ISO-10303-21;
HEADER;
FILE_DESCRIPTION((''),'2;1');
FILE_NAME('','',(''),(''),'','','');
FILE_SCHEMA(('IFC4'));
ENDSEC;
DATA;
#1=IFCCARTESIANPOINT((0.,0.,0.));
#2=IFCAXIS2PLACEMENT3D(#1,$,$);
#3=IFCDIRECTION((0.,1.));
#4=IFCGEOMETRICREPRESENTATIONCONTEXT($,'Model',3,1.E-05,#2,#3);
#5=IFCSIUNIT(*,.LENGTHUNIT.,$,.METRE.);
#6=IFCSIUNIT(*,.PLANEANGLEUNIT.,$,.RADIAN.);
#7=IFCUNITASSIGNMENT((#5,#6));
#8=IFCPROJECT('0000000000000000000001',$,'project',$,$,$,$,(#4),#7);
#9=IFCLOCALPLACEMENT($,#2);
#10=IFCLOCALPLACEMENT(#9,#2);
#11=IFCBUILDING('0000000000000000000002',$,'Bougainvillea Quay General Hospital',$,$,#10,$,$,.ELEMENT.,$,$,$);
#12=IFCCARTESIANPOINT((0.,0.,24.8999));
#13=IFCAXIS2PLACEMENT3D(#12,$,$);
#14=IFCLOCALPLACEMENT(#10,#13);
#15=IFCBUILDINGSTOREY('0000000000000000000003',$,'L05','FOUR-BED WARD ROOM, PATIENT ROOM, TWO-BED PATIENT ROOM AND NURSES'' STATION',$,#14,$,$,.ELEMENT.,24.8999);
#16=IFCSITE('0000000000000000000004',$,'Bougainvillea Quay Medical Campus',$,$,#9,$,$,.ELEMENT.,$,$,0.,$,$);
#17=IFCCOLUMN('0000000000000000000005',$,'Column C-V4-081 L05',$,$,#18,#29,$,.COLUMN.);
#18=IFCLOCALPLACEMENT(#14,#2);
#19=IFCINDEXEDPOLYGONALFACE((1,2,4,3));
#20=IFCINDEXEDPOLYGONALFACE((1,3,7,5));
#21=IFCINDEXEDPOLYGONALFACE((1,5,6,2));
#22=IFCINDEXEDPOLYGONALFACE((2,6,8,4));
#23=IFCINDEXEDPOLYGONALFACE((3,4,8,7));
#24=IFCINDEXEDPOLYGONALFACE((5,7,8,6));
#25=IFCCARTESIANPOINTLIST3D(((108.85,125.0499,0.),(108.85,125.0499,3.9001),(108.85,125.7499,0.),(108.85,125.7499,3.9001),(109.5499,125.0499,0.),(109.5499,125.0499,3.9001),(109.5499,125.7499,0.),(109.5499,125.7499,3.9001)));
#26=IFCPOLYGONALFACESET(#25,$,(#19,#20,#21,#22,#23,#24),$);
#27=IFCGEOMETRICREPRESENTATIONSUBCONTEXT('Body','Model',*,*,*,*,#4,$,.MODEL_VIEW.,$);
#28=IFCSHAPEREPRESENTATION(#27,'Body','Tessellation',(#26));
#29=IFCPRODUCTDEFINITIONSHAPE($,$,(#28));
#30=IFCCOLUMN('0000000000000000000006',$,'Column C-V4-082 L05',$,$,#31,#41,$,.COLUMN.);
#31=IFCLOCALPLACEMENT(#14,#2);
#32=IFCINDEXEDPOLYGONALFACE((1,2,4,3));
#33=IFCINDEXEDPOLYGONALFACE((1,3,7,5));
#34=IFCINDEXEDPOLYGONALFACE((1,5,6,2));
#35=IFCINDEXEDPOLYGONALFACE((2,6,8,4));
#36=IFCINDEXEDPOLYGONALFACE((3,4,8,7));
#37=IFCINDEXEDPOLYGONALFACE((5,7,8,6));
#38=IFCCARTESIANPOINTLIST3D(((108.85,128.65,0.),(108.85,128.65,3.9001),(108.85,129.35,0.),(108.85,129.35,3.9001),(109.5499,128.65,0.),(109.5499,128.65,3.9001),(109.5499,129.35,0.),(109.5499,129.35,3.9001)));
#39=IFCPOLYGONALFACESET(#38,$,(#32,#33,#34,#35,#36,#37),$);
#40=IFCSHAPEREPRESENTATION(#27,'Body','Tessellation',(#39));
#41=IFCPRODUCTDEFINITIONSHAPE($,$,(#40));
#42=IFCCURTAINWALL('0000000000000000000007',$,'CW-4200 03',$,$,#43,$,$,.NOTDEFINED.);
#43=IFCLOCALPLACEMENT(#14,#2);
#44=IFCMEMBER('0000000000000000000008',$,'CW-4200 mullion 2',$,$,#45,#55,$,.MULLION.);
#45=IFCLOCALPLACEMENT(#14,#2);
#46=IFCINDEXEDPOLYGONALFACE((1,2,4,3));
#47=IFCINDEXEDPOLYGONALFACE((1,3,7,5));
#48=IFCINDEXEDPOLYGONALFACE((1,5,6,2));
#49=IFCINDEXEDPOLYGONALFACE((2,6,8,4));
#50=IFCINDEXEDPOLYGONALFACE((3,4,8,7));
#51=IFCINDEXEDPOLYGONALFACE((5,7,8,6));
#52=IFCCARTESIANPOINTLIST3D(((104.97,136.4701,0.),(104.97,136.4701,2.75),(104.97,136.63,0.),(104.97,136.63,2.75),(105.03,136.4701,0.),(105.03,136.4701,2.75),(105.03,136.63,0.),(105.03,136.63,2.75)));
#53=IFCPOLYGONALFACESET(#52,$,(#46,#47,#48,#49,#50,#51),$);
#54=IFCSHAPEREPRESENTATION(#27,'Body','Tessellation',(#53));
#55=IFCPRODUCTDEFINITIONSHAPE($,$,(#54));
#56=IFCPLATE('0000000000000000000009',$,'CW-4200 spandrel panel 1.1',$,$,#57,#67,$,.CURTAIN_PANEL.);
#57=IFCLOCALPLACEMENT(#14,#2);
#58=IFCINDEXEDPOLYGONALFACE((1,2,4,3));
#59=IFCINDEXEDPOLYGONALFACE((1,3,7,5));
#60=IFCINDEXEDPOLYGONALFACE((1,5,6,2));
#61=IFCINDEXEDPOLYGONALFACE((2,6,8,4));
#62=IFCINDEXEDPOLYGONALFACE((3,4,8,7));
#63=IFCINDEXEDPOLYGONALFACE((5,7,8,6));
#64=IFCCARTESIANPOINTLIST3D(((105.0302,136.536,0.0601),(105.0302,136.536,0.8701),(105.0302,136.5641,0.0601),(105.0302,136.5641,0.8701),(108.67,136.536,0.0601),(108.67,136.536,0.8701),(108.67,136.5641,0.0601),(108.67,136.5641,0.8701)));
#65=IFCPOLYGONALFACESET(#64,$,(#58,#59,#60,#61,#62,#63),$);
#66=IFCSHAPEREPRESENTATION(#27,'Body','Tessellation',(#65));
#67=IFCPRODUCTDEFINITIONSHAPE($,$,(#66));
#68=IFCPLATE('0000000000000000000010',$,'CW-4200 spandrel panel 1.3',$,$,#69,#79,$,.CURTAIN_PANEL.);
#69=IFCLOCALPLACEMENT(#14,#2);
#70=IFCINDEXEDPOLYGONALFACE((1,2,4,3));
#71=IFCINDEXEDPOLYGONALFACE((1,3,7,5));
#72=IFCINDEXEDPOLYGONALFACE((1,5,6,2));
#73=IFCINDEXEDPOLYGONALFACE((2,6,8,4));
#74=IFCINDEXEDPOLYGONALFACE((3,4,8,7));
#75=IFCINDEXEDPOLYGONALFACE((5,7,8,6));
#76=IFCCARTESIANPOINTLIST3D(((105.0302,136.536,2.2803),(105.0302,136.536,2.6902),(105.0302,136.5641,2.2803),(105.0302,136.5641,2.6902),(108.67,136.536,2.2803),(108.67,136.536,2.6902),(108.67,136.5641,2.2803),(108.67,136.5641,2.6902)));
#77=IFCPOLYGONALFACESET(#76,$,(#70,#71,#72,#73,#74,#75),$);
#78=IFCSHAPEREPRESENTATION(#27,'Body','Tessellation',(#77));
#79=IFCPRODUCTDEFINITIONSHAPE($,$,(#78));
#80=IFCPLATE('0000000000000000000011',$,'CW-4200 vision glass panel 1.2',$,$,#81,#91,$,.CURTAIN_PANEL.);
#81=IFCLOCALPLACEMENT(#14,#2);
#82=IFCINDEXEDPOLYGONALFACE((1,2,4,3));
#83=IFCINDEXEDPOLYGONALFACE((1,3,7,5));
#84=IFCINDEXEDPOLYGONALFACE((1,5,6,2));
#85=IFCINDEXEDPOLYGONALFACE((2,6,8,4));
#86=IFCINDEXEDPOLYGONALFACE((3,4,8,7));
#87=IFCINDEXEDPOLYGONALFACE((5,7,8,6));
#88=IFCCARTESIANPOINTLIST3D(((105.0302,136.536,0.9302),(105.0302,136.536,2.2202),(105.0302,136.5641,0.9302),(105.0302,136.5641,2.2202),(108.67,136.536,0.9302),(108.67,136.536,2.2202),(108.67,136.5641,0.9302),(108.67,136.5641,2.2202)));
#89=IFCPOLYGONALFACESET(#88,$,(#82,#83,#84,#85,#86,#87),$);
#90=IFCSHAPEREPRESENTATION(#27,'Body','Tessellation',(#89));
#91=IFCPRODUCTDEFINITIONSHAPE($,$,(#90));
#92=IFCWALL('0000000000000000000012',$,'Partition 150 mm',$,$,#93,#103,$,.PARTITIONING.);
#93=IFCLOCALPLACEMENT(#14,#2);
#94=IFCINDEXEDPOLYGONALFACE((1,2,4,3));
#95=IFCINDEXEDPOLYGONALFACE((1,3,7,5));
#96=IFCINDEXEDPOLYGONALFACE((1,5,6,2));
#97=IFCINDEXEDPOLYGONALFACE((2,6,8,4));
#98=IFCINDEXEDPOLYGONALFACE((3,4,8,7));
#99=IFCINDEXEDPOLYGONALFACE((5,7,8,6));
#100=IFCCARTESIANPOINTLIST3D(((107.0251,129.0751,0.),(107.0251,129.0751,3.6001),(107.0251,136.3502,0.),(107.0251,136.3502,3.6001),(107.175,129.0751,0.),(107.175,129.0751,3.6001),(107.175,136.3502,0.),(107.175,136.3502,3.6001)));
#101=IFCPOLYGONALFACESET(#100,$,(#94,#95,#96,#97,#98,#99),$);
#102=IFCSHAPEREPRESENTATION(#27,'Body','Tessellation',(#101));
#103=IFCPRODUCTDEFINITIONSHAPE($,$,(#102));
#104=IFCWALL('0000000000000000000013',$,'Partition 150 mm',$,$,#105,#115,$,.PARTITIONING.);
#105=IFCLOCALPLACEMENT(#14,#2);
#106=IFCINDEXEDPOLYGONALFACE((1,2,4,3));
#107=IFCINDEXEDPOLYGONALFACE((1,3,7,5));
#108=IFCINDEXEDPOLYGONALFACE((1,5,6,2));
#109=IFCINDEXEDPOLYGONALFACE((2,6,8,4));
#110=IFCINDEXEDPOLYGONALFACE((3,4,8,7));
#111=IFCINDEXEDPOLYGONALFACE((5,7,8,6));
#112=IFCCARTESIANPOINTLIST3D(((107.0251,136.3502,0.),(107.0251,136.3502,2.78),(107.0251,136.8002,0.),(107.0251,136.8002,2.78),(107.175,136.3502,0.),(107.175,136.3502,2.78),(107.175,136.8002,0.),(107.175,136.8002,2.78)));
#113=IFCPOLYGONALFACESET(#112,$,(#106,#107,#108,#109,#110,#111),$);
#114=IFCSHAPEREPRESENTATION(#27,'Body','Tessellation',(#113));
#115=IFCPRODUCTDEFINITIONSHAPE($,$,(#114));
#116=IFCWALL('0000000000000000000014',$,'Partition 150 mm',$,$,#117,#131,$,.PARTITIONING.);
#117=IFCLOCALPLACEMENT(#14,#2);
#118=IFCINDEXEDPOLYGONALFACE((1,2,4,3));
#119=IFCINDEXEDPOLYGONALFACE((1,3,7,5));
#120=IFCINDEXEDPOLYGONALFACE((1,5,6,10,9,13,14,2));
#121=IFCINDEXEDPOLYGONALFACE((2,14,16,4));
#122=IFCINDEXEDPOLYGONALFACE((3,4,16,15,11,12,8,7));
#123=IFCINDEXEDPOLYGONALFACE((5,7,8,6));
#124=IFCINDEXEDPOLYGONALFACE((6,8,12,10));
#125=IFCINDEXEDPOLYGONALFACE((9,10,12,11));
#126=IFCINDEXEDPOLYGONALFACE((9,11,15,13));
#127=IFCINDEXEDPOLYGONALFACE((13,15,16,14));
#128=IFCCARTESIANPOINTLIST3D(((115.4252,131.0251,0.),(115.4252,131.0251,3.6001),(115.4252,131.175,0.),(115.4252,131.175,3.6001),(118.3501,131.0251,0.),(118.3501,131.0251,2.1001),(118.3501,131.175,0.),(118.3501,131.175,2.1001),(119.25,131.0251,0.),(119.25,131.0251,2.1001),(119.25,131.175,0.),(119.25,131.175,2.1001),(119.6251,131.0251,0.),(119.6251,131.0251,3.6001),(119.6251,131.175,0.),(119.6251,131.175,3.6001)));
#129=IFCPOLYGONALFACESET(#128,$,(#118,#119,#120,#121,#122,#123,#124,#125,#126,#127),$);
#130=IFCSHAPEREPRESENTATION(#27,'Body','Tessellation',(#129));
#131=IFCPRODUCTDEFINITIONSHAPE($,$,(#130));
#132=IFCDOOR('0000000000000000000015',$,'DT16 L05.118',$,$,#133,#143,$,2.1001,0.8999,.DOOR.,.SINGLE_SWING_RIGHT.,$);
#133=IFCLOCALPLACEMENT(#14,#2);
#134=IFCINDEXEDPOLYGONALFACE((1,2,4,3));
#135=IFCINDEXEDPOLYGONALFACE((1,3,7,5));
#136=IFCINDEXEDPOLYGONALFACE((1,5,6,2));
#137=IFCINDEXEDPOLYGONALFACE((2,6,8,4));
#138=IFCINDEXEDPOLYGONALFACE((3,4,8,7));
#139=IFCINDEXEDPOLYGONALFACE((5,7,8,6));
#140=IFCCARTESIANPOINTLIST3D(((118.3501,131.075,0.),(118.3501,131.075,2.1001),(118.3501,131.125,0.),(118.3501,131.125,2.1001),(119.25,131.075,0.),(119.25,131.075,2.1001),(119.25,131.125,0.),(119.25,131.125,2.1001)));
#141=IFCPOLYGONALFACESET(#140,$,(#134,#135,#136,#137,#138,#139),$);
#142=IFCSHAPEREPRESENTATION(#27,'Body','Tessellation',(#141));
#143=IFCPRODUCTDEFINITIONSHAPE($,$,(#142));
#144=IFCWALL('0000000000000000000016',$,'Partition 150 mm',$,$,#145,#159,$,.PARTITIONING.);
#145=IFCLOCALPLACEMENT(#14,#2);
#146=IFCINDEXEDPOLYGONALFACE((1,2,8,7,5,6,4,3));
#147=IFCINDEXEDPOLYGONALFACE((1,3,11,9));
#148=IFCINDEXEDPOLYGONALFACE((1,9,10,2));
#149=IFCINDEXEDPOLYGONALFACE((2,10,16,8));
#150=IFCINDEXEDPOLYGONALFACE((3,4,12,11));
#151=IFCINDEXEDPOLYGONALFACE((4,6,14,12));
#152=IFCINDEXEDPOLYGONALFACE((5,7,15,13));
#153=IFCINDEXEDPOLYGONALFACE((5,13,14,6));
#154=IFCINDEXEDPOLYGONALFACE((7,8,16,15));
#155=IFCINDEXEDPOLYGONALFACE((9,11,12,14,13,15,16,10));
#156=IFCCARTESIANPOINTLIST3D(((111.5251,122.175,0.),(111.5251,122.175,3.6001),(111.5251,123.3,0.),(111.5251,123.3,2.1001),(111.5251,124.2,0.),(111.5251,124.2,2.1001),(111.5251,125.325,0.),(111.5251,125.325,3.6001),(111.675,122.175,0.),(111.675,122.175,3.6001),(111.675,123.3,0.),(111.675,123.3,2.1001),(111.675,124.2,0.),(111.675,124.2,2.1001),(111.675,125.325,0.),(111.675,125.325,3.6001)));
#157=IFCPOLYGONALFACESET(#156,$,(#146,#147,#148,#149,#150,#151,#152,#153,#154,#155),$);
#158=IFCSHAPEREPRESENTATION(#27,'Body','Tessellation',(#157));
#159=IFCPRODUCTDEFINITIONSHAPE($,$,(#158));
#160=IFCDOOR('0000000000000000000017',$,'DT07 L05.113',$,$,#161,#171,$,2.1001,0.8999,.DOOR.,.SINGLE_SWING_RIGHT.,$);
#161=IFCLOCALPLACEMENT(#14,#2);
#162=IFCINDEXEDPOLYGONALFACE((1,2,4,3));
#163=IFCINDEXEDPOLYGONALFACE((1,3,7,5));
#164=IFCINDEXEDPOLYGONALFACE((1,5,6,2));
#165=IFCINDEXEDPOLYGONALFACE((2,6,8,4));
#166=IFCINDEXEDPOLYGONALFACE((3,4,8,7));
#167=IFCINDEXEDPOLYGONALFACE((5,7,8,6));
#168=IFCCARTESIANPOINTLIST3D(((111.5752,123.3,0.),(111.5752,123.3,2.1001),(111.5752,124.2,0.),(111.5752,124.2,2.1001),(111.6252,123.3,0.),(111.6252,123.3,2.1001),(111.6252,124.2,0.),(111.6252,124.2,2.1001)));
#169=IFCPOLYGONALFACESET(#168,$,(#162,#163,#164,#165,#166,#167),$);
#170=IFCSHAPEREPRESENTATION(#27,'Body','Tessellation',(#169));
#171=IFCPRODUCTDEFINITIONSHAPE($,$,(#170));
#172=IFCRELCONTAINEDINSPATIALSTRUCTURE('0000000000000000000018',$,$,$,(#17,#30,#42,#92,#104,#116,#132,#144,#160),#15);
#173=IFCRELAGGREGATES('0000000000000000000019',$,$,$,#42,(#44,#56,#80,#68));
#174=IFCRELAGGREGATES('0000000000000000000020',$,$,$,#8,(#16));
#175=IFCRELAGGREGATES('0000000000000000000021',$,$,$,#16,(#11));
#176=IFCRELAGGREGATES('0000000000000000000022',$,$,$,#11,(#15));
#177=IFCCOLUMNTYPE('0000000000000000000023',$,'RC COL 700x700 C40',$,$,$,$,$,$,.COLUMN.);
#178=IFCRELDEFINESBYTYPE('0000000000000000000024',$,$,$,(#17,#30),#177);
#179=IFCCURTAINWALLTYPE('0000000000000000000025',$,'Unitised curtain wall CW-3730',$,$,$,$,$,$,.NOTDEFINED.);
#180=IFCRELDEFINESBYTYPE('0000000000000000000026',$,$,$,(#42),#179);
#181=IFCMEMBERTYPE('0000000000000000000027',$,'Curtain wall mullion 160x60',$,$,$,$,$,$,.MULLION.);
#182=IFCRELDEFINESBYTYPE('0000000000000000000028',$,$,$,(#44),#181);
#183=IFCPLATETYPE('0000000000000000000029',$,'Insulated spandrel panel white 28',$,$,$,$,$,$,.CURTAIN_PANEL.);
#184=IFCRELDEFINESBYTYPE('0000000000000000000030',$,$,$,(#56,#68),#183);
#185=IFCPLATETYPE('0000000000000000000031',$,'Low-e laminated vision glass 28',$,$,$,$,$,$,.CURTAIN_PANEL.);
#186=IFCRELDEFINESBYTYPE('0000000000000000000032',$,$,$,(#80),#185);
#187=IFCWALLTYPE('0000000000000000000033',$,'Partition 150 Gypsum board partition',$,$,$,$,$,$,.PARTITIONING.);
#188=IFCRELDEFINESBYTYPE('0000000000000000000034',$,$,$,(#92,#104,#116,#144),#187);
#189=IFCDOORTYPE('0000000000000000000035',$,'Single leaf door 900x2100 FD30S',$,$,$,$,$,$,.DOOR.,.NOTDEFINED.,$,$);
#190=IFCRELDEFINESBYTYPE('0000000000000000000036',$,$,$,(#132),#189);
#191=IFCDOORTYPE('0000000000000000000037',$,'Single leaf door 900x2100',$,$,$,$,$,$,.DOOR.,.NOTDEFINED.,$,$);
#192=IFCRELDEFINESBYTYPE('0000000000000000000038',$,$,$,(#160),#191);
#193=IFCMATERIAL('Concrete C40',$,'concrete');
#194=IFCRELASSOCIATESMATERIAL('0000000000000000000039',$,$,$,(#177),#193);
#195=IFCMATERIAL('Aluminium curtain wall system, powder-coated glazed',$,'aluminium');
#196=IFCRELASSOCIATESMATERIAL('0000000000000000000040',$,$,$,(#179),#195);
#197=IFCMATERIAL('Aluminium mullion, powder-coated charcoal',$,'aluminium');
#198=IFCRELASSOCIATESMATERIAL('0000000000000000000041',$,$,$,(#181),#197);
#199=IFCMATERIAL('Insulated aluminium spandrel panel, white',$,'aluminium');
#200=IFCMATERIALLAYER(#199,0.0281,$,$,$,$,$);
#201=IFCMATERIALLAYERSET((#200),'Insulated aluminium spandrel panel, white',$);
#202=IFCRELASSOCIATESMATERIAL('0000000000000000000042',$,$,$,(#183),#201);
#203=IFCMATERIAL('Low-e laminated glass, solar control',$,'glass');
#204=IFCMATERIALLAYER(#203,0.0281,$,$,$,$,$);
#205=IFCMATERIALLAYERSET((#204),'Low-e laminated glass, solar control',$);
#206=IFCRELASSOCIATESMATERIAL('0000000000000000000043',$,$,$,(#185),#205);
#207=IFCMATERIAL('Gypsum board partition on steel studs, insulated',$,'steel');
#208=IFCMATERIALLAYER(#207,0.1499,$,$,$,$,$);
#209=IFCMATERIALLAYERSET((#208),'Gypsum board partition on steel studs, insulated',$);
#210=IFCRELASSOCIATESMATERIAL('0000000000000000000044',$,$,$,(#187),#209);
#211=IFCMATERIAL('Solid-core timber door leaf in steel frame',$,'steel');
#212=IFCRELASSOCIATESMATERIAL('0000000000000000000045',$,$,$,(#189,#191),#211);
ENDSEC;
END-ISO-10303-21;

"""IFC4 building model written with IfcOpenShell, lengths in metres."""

from ifc_helpers import new_model, si_unit, direction, frame, frame_2d, origin, origin_2d, place, context, subcontext, project, spatial, rectangle, extrude, material, layer, layer_set, material_profile, profile_set, type_object, element, fill, aggregate, save


model = new_model("IFC4")

# Units and contexts
model_context = context("Model", 3, precision=1e-05, world=origin(), true_north=direction((0.0, 1.0)))
body_context = subcontext(model_context, "Body", "Model", "MODEL_VIEW")
ifc_project = project(units=[si_unit("LENGTHUNIT", "METRE"), si_unit("PLANEANGLEUNIT", "RADIAN")], contexts=[model_context])

# Site, building, storey
site_placement = place(None, origin())
site = spatial("IfcSite", under=ifc_project, at=site_placement, Name="Bougainvillea Quay Medical Campus", CompositionType="ELEMENT", RefElevation=0.0)
building_placement = place(site_placement, origin())
building = spatial("IfcBuilding", under=site, at=building_placement, Name="Bougainvillea Quay General Hospital", CompositionType="ELEMENT")
storey_placement = place(building_placement, frame((0.0, 0.0, 24.8999)))
storey = spatial("IfcBuildingStorey", under=building, at=storey_placement, Name="L05", Description="FOUR-BED WARD ROOM, PATIENT ROOM, TWO-BED PATIENT ROOM AND NURSES' STATION", CompositionType="ELEMENT", Elevation=24.8999)

# Columns
ifc_material_1 = material(Name="Concrete C40", Category="concrete")
ifc_material_profile_1 = material_profile(ifc_material_1, rectangle(XDim=0.7, YDim=0.7, at=origin_2d()))
ifc_profile_set_1 = profile_set([ifc_material_profile_1], Name="Concrete C40")
column_type = type_object("IfcColumnType", Name="RC COL 700x700 C40", PredefinedType="COLUMN", material=ifc_profile_set_1)
for number, where, z_axis, x_axis, name in (
    (1, (109.2, 125.3999, 0.0), (0.0, 0.0, 1.0), (1.0, 0.0, 0.0), "Column C-V4-081 L05"),
    (2, (109.2, 129.0, 0.0), (0.0, 0.0, 1.0), (1.0, 0.0, 0.0), "Column C-V4-082 L05"),
):
    element("IfcColumn", number, at=place(storey_placement, frame(where, z_axis=z_axis, x_axis=x_axis)), inside=storey, type_object=column_type, Name=name, PredefinedType="COLUMN", context=body_context, shape_type="SweptSolid", body=[
        extrude(rectangle(XDim=0.7, YDim=0.7, at=origin_2d()), origin(), (0.0, 0.0, 1.0), 3.9001),
    ])

# Curtain wall, member, plates
ifc_material_2 = material(Name="Aluminium curtain wall system, powder-coated glazed", Category="aluminium")
curtain_wall_type = type_object("IfcCurtainWallType", Name="Unitised curtain wall CW-3730", PredefinedType="NOTDEFINED", material=ifc_material_2)
curtain_wall_placement = place(storey_placement, origin())
curtain_wall = element("IfcCurtainWall", 3, at=curtain_wall_placement, inside=storey, type_object=curtain_wall_type, Name="CW-4200 03", PredefinedType="NOTDEFINED")
ifc_material_3 = material(Name="Aluminium mullion, powder-coated charcoal", Category="aluminium")
ifc_material_profile_2 = material_profile(ifc_material_3, rectangle(XDim=0.1599, YDim=0.0601, at=origin_2d()))
ifc_profile_set_2 = profile_set([ifc_material_profile_2], Name="Aluminium mullion, powder-coated charcoal")
member_type = type_object("IfcMemberType", Name="Curtain wall mullion 160x60", PredefinedType="MULLION", material=ifc_profile_set_2)
member_placement = place(storey_placement, frame((105.0, 136.55, 0.0), z_axis=(0.0, 0.0, 1.0), x_axis=(0.0, -1.0, 0.0)))
member = element("IfcMember", 4, at=member_placement, type_object=member_type, Name="CW-4200 mullion 2", PredefinedType="MULLION", context=body_context, shape_type="SweptSolid", body=[
    extrude(rectangle(XDim=0.1599, YDim=0.0601, at=origin_2d()), origin(), (0.0, 0.0, 1.0), 2.75),
])
ifc_material_4 = material(Name="Insulated aluminium spandrel panel, white", Category="aluminium")
ifc_layer_1 = layer(ifc_material_4, 0.0281)
ifc_layer_set_1 = layer_set([ifc_layer_1], Name="Insulated aluminium spandrel panel, white")
plate_type_1 = type_object("IfcPlateType", Name="Insulated spandrel panel white 28", PredefinedType="CURTAIN_PANEL", material=ifc_layer_set_1)
plate_1_placement = place(storey_placement, frame((106.8501, 136.55, 0.0601), z_axis=(0.0, 0.0, 1.0), x_axis=(-1.0, 0.0, 0.0)))
plate_1 = element("IfcPlate", 5, at=plate_1_placement, type_object=plate_type_1, Name="CW-4200 spandrel panel 1.1", PredefinedType="CURTAIN_PANEL", context=body_context, shape_type="SweptSolid", body=[
    extrude(rectangle(XDim=3.6399, YDim=0.0281, at=origin_2d()), origin(), (0.0, 0.0, 1.0), 0.8101),
])
plate_2_placement = place(storey_placement, frame((106.8501, 136.55, 2.2803), z_axis=(0.0, 0.0, 1.0), x_axis=(-1.0, 0.0, 0.0)))
plate_2 = element("IfcPlate", 6, at=plate_2_placement, type_object=plate_type_1, Name="CW-4200 spandrel panel 1.3", PredefinedType="CURTAIN_PANEL", context=body_context, shape_type="SweptSolid", body=[
    extrude(rectangle(XDim=3.6399, YDim=0.0281, at=origin_2d()), origin(), (0.0, 0.0, 1.0), 0.4099),
])
ifc_material_5 = material(Name="Low-e laminated glass, solar control", Category="glass")
ifc_layer_2 = layer(ifc_material_5, 0.0281)
ifc_layer_set_2 = layer_set([ifc_layer_2], Name="Low-e laminated glass, solar control")
plate_type_2 = type_object("IfcPlateType", Name="Low-e laminated vision glass 28", PredefinedType="CURTAIN_PANEL", material=ifc_layer_set_2)
plate_3_placement = place(storey_placement, frame((106.8501, 136.55, 0.9302), z_axis=(0.0, 0.0, 1.0), x_axis=(-1.0, 0.0, 0.0)))
plate_3 = element("IfcPlate", 7, at=plate_3_placement, type_object=plate_type_2, Name="CW-4200 vision glass panel 1.2", PredefinedType="CURTAIN_PANEL", context=body_context, shape_type="SweptSolid", body=[
    extrude(rectangle(XDim=3.6399, YDim=0.0281, at=origin_2d()), origin(), (0.0, 0.0, 1.0), 1.29),
])
aggregate(curtain_wall, [member, plate_1, plate_3, plate_2])

# Walls
ifc_material_6 = material(Name="Gypsum board partition on steel studs, insulated", Category="steel")
ifc_layer_3 = layer(ifc_material_6, 0.1499)
ifc_layer_set_3 = layer_set([ifc_layer_3], Name="Gypsum board partition on steel studs, insulated")
wall_type_1 = type_object("IfcWallType", Name="Partition 150 Gypsum board partition", PredefinedType="PARTITIONING", material=ifc_layer_set_3)
wall_1_placement = place(storey_placement, frame((107.1001, 129.075, 0.0), z_axis=(0.0, 0.0, 1.0), x_axis=(0.0, 1.0, 0.0)))
element("IfcWall", 8, at=wall_1_placement, inside=storey, type_object=wall_type_1, Name="Partition 150 mm", PredefinedType="PARTITIONING", context=body_context, shape_type="SweptSolid", body=[
    extrude(rectangle(XDim=7.2751, YDim=0.1499, at=frame_2d((3.6377, 0.0))), origin(), (0.0, 0.0, 1.0), 3.6001),
])
wall_2_placement = place(storey_placement, frame((107.1001, 136.3501, 0.0), z_axis=(0.0, 0.0, 1.0), x_axis=(0.0, 1.0, 0.0)))
element("IfcWall", 9, at=wall_2_placement, inside=storey, type_object=wall_type_1, Name="Partition 150 mm", PredefinedType="PARTITIONING", context=body_context, shape_type="SweptSolid", body=[
    extrude(rectangle(XDim=0.45, YDim=0.1499, at=frame_2d((0.2251, 0.0))), origin(), (0.0, 0.0, 1.0), 2.78),
])

# Walls, openings, doors
wall_3_placement = place(storey_placement, frame((115.425, 131.1001, 0.0), z_axis=(0.0, 0.0, 1.0), x_axis=(1.0, 0.0, 0.0)))
wall_3 = element("IfcWall", 10, at=wall_3_placement, inside=storey, type_object=wall_type_1, Name="Partition 150 mm", PredefinedType="PARTITIONING", context=body_context, shape_type="SweptSolid", body=[
    extrude(rectangle(XDim=4.2, YDim=0.1499, at=frame_2d((2.1001, 0.0))), origin(), (0.0, 0.0, 1.0), 3.6001),
])
opening_1_placement = place(wall_3_placement, frame((2.925, 0.0, 0.0)))
opening_1 = element("IfcOpeningElement", 11, at=opening_1_placement, cuts=wall_3, PredefinedType="OPENING", context=body_context, shape_type="SweptSolid", body=[
    extrude(rectangle(XDim=0.8999, YDim=2.1001, at=frame_2d((0.45, 1.05))), frame((0.0, 0.085, 0.0), z_axis=(0.0, -1.0, 0.0), x_axis=(1.0, 0.0, 0.0)), (0.0, 0.0, 1.0), 0.1699),
])
ifc_material_7 = material(Name="Solid-core timber door leaf in steel frame", Category="steel")
door_type_1 = type_object("IfcDoorType", Name="Single leaf door 900x2100 FD30S", OperationType="NOTDEFINED", PredefinedType="DOOR", material=ifc_material_7)
door_1_placement = place(opening_1_placement, origin())
door_1 = element("IfcDoor", 12, at=door_1_placement, inside=storey, type_object=door_type_1, Name="DT16 L05.118", OperationType="SINGLE_SWING_RIGHT", OverallHeight=2.1001, OverallWidth=0.8999, PredefinedType="DOOR", context=body_context, shape_type="SweptSolid", body=[
    extrude(rectangle(XDim=0.8999, YDim=2.1001, at=frame_2d((0.45, 1.05))), frame((0.0, 0.0249, 0.0), z_axis=(0.0, -1.0, 0.0), x_axis=(1.0, 0.0, 0.0)), (0.0, 0.0, 1.0), 0.05),
])
fill(opening_1, door_1)
wall_4_placement = place(storey_placement, frame((111.6001, 122.175, 0.0), z_axis=(0.0, 0.0, 1.0), x_axis=(0.0, 1.0, 0.0)))
wall_4 = element("IfcWall", 13, at=wall_4_placement, inside=storey, type_object=wall_type_1, Name="Partition 150 mm", PredefinedType="PARTITIONING", context=body_context, shape_type="SweptSolid", body=[
    extrude(rectangle(XDim=3.1499, YDim=0.1499, at=frame_2d((1.575, 0.0))), origin(), (0.0, 0.0, 1.0), 3.6001),
])
opening_2_placement = place(wall_4_placement, frame((1.125, 0.0, 0.0)))
opening_2 = element("IfcOpeningElement", 14, at=opening_2_placement, cuts=wall_4, PredefinedType="OPENING", context=body_context, shape_type="SweptSolid", body=[
    extrude(rectangle(XDim=0.8999, YDim=2.1001, at=frame_2d((0.45, 1.05))), frame((0.0, 0.085, 0.0), z_axis=(0.0, -1.0, 0.0), x_axis=(1.0, 0.0, 0.0)), (0.0, 0.0, 1.0), 0.1699),
])
door_type_2 = type_object("IfcDoorType", Name="Single leaf door 900x2100", OperationType="NOTDEFINED", PredefinedType="DOOR", material=ifc_material_7)
door_2_placement = place(opening_2_placement, origin())
door_2 = element("IfcDoor", 15, at=door_2_placement, inside=storey, type_object=door_type_2, Name="DT07 L05.113", OperationType="SINGLE_SWING_RIGHT", OverallHeight=2.1001, OverallWidth=0.8999, PredefinedType="DOOR", context=body_context, shape_type="SweptSolid", body=[
    extrude(rectangle(XDim=0.8999, YDim=2.1001, at=frame_2d((0.45, 1.05))), frame((0.0, 0.0249, 0.0), z_axis=(0.0, -1.0, 0.0), x_axis=(1.0, 0.0, 0.0)), (0.0, 0.0, 1.0), 0.05),
])
fill(opening_2, door_2)

save(model, "model.ifc")
